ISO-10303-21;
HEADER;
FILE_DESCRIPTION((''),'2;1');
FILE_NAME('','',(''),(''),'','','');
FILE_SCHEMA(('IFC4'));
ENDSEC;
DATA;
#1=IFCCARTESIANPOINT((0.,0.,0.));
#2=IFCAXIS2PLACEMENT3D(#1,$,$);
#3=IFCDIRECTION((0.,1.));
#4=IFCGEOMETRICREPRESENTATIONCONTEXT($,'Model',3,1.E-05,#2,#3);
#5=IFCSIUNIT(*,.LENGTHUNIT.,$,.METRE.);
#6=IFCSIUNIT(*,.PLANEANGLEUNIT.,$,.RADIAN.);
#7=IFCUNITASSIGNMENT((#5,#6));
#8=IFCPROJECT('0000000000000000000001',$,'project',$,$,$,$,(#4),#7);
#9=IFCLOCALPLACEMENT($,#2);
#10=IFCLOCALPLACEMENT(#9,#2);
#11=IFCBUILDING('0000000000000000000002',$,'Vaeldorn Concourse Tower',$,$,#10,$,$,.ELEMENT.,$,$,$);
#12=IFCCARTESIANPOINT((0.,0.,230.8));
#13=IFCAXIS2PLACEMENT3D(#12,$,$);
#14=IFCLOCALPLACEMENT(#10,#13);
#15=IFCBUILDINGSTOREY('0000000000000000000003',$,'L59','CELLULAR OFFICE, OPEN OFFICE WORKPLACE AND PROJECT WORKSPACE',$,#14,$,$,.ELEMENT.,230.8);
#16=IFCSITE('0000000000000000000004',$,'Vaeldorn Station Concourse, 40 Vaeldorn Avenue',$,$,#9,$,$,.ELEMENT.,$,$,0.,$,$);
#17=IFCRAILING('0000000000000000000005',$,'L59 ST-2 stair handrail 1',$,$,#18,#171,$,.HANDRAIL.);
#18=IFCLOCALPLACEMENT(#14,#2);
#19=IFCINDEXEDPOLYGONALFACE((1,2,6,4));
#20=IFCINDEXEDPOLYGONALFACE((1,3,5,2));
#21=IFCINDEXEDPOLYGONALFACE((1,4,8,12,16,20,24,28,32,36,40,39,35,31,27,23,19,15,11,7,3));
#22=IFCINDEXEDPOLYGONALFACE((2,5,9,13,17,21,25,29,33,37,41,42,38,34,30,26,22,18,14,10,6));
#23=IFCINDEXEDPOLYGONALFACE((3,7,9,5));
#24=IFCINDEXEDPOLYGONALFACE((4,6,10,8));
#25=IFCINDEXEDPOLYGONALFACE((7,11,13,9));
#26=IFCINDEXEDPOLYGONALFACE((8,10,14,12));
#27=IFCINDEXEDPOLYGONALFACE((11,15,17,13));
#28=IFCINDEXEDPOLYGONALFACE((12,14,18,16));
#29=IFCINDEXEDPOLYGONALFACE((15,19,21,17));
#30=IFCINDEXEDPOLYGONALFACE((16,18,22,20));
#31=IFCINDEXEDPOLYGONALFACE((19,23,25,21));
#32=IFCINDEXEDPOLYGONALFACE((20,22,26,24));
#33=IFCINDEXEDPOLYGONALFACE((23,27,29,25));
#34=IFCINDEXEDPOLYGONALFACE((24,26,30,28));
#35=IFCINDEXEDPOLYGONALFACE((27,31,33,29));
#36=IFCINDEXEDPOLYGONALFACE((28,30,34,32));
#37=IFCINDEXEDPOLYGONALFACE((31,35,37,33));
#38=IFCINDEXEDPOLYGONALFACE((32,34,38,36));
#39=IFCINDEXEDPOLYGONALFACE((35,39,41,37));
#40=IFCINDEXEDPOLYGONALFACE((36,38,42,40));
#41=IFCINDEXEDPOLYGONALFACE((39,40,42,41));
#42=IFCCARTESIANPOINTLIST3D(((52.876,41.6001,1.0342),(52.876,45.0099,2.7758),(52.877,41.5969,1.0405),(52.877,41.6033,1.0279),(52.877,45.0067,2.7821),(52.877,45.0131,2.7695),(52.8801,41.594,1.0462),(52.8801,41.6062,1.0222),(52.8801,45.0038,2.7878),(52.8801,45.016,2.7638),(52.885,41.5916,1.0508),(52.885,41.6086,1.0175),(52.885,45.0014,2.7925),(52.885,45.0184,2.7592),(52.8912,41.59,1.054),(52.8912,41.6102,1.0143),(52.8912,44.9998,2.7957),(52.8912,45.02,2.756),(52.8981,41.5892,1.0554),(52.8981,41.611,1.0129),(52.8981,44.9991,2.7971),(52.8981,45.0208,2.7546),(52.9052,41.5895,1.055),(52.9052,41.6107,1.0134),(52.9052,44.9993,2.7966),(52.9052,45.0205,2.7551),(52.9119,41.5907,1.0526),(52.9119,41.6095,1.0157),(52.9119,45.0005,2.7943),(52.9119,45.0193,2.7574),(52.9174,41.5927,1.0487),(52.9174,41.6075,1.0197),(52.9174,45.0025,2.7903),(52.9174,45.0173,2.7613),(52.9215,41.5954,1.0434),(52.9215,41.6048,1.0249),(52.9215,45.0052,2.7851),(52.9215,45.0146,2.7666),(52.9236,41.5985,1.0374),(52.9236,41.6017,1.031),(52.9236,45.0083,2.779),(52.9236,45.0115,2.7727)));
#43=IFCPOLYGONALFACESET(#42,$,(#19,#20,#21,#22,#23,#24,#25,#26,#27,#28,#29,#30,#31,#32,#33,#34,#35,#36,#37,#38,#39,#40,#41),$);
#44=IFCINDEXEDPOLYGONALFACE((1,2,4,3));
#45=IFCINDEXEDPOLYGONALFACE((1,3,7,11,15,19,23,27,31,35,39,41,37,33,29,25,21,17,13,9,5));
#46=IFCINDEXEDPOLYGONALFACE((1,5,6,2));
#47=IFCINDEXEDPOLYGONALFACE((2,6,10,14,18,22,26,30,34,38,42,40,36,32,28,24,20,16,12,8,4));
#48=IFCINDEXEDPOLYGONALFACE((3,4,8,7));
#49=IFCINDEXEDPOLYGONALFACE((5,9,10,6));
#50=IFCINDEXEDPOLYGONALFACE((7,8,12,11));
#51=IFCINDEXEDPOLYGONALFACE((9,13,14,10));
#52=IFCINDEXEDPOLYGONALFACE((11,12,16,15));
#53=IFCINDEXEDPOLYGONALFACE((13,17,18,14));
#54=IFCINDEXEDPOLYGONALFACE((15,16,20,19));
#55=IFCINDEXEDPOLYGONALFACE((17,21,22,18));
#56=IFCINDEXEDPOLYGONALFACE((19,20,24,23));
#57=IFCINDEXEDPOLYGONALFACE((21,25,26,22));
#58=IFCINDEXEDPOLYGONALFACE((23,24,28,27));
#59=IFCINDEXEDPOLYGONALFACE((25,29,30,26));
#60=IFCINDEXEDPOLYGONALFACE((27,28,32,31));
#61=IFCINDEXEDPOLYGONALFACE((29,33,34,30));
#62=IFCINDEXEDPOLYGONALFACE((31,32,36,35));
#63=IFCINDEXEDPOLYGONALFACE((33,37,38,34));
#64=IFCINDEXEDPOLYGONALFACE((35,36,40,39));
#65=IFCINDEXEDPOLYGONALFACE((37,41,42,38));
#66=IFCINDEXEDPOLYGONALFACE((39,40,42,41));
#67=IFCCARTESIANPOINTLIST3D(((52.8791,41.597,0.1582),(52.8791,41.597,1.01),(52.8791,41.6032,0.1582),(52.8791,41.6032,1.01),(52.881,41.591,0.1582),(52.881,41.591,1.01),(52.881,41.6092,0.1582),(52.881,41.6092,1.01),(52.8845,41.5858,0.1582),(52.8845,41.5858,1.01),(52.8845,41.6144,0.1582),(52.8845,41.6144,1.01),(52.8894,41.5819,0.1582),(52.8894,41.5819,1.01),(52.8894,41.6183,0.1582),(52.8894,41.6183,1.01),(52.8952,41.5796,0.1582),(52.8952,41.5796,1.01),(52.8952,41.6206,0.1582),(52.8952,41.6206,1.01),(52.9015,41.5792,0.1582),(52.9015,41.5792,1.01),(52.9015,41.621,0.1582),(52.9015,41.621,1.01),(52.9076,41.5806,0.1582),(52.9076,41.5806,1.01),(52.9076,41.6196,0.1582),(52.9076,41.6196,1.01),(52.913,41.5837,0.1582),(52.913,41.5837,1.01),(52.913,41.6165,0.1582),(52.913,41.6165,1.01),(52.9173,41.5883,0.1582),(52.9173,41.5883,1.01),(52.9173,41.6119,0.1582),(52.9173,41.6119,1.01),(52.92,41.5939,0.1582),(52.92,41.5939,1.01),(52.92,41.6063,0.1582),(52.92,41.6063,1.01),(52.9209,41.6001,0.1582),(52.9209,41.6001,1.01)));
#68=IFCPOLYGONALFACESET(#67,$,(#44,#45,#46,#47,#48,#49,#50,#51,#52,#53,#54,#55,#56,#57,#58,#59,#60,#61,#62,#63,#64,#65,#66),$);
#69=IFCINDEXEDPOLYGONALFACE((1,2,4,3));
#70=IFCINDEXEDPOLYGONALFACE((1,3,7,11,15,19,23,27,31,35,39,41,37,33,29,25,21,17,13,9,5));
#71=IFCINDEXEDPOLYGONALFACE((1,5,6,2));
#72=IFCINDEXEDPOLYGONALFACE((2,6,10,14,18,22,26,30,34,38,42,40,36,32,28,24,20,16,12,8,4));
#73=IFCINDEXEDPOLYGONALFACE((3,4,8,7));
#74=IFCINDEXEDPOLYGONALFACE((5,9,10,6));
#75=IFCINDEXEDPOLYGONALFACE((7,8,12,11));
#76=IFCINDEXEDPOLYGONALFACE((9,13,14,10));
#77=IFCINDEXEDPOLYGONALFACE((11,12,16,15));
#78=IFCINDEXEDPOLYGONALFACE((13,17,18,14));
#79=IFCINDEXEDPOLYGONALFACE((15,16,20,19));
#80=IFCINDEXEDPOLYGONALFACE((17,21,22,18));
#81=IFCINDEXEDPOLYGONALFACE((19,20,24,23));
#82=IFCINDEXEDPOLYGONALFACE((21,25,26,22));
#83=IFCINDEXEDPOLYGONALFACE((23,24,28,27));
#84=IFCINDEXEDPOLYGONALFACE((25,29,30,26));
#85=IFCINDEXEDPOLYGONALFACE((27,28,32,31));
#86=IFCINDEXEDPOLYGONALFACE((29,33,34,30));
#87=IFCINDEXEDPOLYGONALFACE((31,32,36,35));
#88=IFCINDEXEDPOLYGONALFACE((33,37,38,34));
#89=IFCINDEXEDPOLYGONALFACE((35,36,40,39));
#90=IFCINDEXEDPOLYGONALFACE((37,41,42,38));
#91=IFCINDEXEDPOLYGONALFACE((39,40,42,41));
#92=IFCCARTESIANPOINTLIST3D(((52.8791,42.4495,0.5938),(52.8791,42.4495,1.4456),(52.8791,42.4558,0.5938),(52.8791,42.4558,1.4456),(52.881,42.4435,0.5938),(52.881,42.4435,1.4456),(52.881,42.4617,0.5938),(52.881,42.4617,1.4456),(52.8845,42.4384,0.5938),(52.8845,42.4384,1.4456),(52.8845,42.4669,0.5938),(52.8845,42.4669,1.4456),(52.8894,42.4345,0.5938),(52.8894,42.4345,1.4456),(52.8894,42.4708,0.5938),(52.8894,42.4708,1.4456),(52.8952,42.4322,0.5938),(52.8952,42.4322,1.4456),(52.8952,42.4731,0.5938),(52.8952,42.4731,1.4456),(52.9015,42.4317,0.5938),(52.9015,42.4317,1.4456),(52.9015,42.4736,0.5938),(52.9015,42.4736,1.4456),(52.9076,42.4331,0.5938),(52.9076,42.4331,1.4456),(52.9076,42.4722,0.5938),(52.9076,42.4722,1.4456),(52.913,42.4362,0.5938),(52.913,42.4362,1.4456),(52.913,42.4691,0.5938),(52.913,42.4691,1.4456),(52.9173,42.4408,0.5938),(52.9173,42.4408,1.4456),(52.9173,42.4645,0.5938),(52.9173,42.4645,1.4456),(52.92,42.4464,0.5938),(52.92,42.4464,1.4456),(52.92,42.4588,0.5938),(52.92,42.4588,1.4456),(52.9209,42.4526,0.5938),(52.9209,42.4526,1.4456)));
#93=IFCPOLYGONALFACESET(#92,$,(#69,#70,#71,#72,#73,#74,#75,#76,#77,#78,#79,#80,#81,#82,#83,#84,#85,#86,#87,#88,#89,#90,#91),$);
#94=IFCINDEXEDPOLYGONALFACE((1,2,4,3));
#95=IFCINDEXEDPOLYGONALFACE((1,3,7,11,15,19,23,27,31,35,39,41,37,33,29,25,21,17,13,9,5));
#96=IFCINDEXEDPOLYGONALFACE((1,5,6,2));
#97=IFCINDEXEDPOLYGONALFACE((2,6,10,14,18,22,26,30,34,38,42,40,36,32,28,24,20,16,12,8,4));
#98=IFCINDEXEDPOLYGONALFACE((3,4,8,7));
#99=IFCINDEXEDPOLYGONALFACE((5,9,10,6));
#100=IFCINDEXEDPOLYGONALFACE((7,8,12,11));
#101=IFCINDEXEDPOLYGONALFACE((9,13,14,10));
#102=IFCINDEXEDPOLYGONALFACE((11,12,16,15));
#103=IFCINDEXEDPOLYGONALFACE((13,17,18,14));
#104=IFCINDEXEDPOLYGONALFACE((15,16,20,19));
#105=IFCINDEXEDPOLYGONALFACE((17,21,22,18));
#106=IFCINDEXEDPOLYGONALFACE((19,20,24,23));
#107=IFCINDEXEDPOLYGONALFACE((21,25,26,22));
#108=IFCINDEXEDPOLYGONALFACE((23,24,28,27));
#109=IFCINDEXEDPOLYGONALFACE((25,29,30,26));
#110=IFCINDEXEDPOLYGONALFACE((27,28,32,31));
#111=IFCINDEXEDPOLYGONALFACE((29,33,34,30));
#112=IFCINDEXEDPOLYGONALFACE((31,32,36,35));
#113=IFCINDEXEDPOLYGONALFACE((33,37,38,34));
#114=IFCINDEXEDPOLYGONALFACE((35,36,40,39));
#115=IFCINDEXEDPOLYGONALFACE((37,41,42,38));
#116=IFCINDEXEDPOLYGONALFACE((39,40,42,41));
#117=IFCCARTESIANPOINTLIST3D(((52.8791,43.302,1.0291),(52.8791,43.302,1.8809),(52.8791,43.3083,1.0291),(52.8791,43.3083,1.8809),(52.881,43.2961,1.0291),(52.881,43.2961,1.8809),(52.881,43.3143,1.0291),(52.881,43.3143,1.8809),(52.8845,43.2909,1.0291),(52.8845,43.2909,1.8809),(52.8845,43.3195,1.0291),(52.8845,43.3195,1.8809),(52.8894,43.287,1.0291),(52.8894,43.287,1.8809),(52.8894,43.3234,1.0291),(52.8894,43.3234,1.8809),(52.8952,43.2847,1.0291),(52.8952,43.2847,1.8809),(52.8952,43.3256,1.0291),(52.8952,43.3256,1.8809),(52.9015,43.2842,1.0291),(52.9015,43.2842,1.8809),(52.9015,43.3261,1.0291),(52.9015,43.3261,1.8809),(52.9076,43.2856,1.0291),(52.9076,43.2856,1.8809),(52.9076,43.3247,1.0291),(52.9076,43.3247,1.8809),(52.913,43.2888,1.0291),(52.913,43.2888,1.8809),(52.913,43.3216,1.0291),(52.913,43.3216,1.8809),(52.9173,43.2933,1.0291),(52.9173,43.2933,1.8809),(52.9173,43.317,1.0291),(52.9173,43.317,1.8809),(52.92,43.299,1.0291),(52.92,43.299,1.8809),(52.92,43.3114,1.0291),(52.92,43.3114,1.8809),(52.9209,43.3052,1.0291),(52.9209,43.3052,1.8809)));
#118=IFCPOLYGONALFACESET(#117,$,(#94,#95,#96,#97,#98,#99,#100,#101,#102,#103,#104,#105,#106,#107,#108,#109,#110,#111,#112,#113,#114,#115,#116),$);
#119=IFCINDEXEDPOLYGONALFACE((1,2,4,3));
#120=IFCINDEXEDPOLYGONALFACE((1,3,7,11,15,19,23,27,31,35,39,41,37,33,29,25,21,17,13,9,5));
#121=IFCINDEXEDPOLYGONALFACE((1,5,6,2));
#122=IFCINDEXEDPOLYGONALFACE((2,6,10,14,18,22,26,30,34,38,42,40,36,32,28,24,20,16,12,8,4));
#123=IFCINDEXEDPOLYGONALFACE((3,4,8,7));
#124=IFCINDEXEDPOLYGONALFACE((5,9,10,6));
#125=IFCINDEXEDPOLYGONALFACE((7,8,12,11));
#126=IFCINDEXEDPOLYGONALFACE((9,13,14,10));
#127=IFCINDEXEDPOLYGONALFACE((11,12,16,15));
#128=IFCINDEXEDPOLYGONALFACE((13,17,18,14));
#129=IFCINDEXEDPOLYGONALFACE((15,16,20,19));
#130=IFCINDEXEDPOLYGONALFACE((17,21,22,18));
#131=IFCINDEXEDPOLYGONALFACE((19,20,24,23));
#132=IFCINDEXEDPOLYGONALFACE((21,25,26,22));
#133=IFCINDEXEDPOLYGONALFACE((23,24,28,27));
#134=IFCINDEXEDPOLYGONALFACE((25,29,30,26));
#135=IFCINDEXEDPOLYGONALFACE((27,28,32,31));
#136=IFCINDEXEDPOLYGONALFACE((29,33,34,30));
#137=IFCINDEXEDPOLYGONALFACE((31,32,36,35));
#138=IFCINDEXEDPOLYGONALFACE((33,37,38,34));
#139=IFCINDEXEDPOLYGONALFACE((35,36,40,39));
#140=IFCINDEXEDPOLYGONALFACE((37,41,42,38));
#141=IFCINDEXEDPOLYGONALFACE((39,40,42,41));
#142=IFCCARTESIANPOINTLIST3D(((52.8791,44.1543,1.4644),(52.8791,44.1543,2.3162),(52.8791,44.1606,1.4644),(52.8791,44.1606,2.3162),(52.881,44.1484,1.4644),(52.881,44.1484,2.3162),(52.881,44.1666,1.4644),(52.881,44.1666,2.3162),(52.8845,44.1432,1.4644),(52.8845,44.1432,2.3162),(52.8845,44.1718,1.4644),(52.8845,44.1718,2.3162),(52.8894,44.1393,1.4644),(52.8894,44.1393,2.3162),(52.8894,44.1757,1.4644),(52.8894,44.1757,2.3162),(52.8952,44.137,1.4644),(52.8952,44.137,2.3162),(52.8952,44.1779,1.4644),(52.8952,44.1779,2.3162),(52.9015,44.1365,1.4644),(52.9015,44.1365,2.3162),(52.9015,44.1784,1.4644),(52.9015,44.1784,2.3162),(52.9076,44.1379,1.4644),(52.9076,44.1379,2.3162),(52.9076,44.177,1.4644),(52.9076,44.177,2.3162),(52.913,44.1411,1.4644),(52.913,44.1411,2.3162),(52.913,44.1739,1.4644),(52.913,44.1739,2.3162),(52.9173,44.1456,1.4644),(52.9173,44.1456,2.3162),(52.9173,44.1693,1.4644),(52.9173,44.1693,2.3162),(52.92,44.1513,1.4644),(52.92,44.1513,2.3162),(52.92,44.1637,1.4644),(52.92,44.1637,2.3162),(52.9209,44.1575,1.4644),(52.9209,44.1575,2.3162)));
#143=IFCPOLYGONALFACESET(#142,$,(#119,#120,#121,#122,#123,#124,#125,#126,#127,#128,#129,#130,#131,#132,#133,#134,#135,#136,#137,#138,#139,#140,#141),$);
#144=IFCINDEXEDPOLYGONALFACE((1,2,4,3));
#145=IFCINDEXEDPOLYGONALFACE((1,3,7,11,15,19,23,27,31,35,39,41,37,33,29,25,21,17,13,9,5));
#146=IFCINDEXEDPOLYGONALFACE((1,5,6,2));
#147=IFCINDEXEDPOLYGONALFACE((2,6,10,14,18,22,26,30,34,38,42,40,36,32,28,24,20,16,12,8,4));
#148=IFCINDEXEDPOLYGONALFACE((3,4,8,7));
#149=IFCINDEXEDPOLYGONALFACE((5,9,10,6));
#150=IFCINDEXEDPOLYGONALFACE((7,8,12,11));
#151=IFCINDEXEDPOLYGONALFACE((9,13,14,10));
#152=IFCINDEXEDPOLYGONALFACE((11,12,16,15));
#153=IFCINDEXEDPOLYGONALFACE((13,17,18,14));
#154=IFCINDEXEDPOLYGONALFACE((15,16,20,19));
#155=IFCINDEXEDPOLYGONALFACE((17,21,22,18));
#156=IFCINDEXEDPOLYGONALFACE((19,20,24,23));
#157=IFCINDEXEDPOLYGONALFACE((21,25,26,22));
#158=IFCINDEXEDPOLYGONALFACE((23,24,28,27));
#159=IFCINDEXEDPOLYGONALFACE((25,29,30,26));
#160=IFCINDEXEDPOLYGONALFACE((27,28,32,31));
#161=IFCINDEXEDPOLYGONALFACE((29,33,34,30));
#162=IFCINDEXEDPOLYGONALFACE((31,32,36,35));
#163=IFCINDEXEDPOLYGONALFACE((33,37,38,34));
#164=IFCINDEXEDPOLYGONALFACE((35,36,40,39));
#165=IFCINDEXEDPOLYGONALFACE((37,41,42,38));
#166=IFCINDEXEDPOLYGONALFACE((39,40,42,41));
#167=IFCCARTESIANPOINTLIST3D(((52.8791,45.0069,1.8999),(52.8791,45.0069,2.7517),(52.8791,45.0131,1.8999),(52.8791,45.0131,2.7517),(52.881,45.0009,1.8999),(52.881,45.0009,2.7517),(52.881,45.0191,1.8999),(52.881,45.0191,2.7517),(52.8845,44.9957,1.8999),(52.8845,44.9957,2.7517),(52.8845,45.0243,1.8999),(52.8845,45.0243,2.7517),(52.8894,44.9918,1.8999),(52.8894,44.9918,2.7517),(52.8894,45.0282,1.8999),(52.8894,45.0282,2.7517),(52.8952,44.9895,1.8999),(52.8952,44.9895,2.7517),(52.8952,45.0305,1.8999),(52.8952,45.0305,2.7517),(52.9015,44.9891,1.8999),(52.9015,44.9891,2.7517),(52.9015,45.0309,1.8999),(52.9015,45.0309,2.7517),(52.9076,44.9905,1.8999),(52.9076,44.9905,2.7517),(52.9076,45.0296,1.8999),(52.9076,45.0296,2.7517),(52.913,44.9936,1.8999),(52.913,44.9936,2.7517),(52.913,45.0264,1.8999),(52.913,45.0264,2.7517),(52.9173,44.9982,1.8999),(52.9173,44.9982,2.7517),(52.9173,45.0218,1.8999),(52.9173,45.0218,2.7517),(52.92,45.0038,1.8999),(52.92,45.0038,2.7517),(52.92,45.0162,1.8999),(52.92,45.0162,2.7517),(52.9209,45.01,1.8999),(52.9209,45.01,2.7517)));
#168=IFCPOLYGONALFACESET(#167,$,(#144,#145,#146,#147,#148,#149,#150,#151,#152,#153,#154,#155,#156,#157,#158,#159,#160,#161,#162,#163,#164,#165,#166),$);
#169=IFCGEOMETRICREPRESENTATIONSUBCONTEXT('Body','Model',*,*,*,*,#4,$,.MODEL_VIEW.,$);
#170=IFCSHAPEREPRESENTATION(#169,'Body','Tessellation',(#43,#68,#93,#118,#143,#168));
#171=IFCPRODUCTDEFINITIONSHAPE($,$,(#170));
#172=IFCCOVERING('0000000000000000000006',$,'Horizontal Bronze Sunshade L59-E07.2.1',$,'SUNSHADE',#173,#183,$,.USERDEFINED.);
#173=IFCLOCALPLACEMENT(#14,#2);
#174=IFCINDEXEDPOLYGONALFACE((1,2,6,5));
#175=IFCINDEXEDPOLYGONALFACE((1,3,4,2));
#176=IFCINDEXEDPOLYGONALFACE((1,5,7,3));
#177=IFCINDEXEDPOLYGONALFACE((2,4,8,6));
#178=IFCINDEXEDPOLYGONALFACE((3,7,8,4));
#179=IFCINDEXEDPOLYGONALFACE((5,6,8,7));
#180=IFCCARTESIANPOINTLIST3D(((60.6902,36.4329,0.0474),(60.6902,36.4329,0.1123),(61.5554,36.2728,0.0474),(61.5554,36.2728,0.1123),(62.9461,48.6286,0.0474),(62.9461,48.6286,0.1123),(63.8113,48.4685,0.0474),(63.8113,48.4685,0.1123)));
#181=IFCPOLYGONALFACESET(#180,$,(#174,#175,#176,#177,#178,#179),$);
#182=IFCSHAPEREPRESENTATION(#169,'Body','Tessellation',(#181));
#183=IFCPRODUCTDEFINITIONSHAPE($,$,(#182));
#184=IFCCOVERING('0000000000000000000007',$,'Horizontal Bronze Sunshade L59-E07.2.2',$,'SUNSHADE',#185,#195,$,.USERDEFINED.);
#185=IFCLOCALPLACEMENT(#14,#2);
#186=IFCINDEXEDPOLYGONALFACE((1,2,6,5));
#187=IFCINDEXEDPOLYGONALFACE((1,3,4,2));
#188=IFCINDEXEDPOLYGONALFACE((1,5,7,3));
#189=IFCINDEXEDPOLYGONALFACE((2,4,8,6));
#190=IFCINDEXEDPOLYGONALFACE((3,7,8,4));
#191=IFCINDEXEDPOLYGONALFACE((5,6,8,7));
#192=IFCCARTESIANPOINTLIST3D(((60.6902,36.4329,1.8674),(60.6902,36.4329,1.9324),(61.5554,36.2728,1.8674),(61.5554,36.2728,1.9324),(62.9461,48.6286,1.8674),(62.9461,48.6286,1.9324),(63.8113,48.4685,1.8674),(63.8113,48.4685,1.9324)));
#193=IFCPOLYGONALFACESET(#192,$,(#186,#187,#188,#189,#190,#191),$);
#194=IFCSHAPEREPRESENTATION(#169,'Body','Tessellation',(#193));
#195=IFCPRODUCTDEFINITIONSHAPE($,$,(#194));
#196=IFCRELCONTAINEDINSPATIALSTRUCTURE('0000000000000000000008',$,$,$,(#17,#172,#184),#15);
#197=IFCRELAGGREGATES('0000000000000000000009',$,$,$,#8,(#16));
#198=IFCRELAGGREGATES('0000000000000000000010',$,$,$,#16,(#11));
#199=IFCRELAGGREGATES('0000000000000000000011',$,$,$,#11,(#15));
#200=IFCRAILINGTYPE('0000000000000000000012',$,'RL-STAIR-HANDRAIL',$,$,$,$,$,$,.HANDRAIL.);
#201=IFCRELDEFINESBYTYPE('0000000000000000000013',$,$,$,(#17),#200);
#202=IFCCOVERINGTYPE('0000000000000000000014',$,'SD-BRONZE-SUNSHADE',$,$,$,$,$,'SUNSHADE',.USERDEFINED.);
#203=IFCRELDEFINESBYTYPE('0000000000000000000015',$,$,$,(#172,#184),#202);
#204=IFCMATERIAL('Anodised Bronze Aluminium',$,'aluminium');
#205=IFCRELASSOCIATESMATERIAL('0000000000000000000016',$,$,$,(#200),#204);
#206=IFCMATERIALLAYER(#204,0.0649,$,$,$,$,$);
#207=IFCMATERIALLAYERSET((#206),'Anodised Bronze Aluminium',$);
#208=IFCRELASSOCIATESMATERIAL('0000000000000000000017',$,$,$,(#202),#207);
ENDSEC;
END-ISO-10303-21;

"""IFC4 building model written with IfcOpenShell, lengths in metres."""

from ifc_helpers import new_model, si_unit, direction, frame, origin, origin_2d, place, context, subcontext, project, spatial, rectangle, circle, extrude, source, transform, mapped, material, layer, layer_set, type_object, element, save


model = new_model("IFC4")

# Units and contexts
model_context = context("Model", 3, precision=1e-05, world=origin(), true_north=direction((0.0, 1.0)))
body_context = subcontext(model_context, "Body", "Model", "MODEL_VIEW")
ifc_project = project(units=[si_unit("LENGTHUNIT", "METRE"), si_unit("PLANEANGLEUNIT", "RADIAN")], contexts=[model_context])

# Site, building, storey
site_placement = place(None, origin())
site = spatial("IfcSite", under=ifc_project, at=site_placement, Name="Vaeldorn Station Concourse, 40 Vaeldorn Avenue", CompositionType="ELEMENT", RefElevation=0.0)
building_placement = place(site_placement, origin())
building = spatial("IfcBuilding", under=site, at=building_placement, Name="Vaeldorn Concourse Tower", CompositionType="ELEMENT")
storey_placement = place(building_placement, frame((0.0, 0.0, 230.8)))
storey = spatial("IfcBuildingStorey", under=building, at=storey_placement, Name="L59", Description="CELLULAR OFFICE, OPEN OFFICE WORKPLACE AND PROJECT WORKSPACE", CompositionType="ELEMENT", Elevation=230.8)

# Shared definitions
ifc_material_1 = material(Name="Anodised Bronze Aluminium", Category="aluminium")

# Railing
railing_type_1 = type_object("IfcRailingType", Name="RL-STAIR-HANDRAIL", PredefinedType="HANDRAIL", material=ifc_material_1)
railing_1_placement = place(storey_placement, frame((52.8999, 41.6001, 0.1582)))
element("IfcRailing", 1, at=railing_1_placement, inside=storey, type_object=railing_type_1, Name="L59 ST-2 stair handrail 1", PredefinedType="HANDRAIL", context=body_context, shape_type="SweptSolid", body=[
    extrude(circle(Radius=0.0239, at=origin_2d()), frame((0.0, 0.0, 0.876), z_axis=(0.0, 0.890556, 0.454874), x_axis=(-1.0, 0.0, 0.0)), (0.0, 0.0, 1.0), 3.8289),
    extrude(circle(Radius=0.021, at=origin_2d()), origin(), (0.0, 0.0, 1.0), 0.8518),
    extrude(circle(Radius=0.021, at=origin_2d()), frame((0.0, 0.8525, 0.4355)), (0.0, 0.0, 1.0), 0.8518),
    extrude(circle(Radius=0.021, at=origin_2d()), frame((0.0, 1.7051, 0.8708)), (0.0, 0.0, 1.0), 0.8518),
    extrude(circle(Radius=0.021, at=origin_2d()), frame((0.0, 2.5574, 1.3062)), (0.0, 0.0, 1.0), 0.8518),
    extrude(circle(Radius=0.021, at=origin_2d()), frame((0.0, 3.4099, 1.7417)), (0.0, 0.0, 1.0), 0.8518),
])

# Coverings
ifc_layer_1 = layer(ifc_material_1, 0.0649)
ifc_layer_set_1 = layer_set([ifc_layer_1], Name="Anodised Bronze Aluminium")
covering_type = type_object("IfcCoveringType", Name="SD-BRONZE-SUNSHADE", ElementType="SUNSHADE", PredefinedType="USERDEFINED", material=ifc_layer_set_1)
shared_shape_1 = source(origin(), body_context, "Body", "SweptSolid", [
    extrude(rectangle(XDim=12.4026, YDim=0.8799, at=origin_2d()), origin(), (0.0, 0.0, 1.0), 0.0649),
])
for number, where, z_axis, x_axis, name in (
    (2, (62.2507, 42.4507, 0.0474), (0.0, 0.0, 1.0), (0.181892, 0.983318, 0.0), "Horizontal Bronze Sunshade L59-E07.2.1"),
    (3, (62.2507, 42.4507, 1.8674), (0.0, 0.0, 1.0), (0.181892, 0.983318, 0.0), "Horizontal Bronze Sunshade L59-E07.2.2"),
):
    element("IfcCovering", number, at=place(storey_placement, frame(where, z_axis=z_axis, x_axis=x_axis)), inside=storey, type_object=covering_type, Name=name, ObjectType="SUNSHADE", PredefinedType="USERDEFINED", context=body_context, shape_type="MappedRepresentation", body=[
        mapped(shared_shape_1, transform((0.0, 0.0, 0.0), scale=1.0)),
    ])

save(model, "model.ifc")
